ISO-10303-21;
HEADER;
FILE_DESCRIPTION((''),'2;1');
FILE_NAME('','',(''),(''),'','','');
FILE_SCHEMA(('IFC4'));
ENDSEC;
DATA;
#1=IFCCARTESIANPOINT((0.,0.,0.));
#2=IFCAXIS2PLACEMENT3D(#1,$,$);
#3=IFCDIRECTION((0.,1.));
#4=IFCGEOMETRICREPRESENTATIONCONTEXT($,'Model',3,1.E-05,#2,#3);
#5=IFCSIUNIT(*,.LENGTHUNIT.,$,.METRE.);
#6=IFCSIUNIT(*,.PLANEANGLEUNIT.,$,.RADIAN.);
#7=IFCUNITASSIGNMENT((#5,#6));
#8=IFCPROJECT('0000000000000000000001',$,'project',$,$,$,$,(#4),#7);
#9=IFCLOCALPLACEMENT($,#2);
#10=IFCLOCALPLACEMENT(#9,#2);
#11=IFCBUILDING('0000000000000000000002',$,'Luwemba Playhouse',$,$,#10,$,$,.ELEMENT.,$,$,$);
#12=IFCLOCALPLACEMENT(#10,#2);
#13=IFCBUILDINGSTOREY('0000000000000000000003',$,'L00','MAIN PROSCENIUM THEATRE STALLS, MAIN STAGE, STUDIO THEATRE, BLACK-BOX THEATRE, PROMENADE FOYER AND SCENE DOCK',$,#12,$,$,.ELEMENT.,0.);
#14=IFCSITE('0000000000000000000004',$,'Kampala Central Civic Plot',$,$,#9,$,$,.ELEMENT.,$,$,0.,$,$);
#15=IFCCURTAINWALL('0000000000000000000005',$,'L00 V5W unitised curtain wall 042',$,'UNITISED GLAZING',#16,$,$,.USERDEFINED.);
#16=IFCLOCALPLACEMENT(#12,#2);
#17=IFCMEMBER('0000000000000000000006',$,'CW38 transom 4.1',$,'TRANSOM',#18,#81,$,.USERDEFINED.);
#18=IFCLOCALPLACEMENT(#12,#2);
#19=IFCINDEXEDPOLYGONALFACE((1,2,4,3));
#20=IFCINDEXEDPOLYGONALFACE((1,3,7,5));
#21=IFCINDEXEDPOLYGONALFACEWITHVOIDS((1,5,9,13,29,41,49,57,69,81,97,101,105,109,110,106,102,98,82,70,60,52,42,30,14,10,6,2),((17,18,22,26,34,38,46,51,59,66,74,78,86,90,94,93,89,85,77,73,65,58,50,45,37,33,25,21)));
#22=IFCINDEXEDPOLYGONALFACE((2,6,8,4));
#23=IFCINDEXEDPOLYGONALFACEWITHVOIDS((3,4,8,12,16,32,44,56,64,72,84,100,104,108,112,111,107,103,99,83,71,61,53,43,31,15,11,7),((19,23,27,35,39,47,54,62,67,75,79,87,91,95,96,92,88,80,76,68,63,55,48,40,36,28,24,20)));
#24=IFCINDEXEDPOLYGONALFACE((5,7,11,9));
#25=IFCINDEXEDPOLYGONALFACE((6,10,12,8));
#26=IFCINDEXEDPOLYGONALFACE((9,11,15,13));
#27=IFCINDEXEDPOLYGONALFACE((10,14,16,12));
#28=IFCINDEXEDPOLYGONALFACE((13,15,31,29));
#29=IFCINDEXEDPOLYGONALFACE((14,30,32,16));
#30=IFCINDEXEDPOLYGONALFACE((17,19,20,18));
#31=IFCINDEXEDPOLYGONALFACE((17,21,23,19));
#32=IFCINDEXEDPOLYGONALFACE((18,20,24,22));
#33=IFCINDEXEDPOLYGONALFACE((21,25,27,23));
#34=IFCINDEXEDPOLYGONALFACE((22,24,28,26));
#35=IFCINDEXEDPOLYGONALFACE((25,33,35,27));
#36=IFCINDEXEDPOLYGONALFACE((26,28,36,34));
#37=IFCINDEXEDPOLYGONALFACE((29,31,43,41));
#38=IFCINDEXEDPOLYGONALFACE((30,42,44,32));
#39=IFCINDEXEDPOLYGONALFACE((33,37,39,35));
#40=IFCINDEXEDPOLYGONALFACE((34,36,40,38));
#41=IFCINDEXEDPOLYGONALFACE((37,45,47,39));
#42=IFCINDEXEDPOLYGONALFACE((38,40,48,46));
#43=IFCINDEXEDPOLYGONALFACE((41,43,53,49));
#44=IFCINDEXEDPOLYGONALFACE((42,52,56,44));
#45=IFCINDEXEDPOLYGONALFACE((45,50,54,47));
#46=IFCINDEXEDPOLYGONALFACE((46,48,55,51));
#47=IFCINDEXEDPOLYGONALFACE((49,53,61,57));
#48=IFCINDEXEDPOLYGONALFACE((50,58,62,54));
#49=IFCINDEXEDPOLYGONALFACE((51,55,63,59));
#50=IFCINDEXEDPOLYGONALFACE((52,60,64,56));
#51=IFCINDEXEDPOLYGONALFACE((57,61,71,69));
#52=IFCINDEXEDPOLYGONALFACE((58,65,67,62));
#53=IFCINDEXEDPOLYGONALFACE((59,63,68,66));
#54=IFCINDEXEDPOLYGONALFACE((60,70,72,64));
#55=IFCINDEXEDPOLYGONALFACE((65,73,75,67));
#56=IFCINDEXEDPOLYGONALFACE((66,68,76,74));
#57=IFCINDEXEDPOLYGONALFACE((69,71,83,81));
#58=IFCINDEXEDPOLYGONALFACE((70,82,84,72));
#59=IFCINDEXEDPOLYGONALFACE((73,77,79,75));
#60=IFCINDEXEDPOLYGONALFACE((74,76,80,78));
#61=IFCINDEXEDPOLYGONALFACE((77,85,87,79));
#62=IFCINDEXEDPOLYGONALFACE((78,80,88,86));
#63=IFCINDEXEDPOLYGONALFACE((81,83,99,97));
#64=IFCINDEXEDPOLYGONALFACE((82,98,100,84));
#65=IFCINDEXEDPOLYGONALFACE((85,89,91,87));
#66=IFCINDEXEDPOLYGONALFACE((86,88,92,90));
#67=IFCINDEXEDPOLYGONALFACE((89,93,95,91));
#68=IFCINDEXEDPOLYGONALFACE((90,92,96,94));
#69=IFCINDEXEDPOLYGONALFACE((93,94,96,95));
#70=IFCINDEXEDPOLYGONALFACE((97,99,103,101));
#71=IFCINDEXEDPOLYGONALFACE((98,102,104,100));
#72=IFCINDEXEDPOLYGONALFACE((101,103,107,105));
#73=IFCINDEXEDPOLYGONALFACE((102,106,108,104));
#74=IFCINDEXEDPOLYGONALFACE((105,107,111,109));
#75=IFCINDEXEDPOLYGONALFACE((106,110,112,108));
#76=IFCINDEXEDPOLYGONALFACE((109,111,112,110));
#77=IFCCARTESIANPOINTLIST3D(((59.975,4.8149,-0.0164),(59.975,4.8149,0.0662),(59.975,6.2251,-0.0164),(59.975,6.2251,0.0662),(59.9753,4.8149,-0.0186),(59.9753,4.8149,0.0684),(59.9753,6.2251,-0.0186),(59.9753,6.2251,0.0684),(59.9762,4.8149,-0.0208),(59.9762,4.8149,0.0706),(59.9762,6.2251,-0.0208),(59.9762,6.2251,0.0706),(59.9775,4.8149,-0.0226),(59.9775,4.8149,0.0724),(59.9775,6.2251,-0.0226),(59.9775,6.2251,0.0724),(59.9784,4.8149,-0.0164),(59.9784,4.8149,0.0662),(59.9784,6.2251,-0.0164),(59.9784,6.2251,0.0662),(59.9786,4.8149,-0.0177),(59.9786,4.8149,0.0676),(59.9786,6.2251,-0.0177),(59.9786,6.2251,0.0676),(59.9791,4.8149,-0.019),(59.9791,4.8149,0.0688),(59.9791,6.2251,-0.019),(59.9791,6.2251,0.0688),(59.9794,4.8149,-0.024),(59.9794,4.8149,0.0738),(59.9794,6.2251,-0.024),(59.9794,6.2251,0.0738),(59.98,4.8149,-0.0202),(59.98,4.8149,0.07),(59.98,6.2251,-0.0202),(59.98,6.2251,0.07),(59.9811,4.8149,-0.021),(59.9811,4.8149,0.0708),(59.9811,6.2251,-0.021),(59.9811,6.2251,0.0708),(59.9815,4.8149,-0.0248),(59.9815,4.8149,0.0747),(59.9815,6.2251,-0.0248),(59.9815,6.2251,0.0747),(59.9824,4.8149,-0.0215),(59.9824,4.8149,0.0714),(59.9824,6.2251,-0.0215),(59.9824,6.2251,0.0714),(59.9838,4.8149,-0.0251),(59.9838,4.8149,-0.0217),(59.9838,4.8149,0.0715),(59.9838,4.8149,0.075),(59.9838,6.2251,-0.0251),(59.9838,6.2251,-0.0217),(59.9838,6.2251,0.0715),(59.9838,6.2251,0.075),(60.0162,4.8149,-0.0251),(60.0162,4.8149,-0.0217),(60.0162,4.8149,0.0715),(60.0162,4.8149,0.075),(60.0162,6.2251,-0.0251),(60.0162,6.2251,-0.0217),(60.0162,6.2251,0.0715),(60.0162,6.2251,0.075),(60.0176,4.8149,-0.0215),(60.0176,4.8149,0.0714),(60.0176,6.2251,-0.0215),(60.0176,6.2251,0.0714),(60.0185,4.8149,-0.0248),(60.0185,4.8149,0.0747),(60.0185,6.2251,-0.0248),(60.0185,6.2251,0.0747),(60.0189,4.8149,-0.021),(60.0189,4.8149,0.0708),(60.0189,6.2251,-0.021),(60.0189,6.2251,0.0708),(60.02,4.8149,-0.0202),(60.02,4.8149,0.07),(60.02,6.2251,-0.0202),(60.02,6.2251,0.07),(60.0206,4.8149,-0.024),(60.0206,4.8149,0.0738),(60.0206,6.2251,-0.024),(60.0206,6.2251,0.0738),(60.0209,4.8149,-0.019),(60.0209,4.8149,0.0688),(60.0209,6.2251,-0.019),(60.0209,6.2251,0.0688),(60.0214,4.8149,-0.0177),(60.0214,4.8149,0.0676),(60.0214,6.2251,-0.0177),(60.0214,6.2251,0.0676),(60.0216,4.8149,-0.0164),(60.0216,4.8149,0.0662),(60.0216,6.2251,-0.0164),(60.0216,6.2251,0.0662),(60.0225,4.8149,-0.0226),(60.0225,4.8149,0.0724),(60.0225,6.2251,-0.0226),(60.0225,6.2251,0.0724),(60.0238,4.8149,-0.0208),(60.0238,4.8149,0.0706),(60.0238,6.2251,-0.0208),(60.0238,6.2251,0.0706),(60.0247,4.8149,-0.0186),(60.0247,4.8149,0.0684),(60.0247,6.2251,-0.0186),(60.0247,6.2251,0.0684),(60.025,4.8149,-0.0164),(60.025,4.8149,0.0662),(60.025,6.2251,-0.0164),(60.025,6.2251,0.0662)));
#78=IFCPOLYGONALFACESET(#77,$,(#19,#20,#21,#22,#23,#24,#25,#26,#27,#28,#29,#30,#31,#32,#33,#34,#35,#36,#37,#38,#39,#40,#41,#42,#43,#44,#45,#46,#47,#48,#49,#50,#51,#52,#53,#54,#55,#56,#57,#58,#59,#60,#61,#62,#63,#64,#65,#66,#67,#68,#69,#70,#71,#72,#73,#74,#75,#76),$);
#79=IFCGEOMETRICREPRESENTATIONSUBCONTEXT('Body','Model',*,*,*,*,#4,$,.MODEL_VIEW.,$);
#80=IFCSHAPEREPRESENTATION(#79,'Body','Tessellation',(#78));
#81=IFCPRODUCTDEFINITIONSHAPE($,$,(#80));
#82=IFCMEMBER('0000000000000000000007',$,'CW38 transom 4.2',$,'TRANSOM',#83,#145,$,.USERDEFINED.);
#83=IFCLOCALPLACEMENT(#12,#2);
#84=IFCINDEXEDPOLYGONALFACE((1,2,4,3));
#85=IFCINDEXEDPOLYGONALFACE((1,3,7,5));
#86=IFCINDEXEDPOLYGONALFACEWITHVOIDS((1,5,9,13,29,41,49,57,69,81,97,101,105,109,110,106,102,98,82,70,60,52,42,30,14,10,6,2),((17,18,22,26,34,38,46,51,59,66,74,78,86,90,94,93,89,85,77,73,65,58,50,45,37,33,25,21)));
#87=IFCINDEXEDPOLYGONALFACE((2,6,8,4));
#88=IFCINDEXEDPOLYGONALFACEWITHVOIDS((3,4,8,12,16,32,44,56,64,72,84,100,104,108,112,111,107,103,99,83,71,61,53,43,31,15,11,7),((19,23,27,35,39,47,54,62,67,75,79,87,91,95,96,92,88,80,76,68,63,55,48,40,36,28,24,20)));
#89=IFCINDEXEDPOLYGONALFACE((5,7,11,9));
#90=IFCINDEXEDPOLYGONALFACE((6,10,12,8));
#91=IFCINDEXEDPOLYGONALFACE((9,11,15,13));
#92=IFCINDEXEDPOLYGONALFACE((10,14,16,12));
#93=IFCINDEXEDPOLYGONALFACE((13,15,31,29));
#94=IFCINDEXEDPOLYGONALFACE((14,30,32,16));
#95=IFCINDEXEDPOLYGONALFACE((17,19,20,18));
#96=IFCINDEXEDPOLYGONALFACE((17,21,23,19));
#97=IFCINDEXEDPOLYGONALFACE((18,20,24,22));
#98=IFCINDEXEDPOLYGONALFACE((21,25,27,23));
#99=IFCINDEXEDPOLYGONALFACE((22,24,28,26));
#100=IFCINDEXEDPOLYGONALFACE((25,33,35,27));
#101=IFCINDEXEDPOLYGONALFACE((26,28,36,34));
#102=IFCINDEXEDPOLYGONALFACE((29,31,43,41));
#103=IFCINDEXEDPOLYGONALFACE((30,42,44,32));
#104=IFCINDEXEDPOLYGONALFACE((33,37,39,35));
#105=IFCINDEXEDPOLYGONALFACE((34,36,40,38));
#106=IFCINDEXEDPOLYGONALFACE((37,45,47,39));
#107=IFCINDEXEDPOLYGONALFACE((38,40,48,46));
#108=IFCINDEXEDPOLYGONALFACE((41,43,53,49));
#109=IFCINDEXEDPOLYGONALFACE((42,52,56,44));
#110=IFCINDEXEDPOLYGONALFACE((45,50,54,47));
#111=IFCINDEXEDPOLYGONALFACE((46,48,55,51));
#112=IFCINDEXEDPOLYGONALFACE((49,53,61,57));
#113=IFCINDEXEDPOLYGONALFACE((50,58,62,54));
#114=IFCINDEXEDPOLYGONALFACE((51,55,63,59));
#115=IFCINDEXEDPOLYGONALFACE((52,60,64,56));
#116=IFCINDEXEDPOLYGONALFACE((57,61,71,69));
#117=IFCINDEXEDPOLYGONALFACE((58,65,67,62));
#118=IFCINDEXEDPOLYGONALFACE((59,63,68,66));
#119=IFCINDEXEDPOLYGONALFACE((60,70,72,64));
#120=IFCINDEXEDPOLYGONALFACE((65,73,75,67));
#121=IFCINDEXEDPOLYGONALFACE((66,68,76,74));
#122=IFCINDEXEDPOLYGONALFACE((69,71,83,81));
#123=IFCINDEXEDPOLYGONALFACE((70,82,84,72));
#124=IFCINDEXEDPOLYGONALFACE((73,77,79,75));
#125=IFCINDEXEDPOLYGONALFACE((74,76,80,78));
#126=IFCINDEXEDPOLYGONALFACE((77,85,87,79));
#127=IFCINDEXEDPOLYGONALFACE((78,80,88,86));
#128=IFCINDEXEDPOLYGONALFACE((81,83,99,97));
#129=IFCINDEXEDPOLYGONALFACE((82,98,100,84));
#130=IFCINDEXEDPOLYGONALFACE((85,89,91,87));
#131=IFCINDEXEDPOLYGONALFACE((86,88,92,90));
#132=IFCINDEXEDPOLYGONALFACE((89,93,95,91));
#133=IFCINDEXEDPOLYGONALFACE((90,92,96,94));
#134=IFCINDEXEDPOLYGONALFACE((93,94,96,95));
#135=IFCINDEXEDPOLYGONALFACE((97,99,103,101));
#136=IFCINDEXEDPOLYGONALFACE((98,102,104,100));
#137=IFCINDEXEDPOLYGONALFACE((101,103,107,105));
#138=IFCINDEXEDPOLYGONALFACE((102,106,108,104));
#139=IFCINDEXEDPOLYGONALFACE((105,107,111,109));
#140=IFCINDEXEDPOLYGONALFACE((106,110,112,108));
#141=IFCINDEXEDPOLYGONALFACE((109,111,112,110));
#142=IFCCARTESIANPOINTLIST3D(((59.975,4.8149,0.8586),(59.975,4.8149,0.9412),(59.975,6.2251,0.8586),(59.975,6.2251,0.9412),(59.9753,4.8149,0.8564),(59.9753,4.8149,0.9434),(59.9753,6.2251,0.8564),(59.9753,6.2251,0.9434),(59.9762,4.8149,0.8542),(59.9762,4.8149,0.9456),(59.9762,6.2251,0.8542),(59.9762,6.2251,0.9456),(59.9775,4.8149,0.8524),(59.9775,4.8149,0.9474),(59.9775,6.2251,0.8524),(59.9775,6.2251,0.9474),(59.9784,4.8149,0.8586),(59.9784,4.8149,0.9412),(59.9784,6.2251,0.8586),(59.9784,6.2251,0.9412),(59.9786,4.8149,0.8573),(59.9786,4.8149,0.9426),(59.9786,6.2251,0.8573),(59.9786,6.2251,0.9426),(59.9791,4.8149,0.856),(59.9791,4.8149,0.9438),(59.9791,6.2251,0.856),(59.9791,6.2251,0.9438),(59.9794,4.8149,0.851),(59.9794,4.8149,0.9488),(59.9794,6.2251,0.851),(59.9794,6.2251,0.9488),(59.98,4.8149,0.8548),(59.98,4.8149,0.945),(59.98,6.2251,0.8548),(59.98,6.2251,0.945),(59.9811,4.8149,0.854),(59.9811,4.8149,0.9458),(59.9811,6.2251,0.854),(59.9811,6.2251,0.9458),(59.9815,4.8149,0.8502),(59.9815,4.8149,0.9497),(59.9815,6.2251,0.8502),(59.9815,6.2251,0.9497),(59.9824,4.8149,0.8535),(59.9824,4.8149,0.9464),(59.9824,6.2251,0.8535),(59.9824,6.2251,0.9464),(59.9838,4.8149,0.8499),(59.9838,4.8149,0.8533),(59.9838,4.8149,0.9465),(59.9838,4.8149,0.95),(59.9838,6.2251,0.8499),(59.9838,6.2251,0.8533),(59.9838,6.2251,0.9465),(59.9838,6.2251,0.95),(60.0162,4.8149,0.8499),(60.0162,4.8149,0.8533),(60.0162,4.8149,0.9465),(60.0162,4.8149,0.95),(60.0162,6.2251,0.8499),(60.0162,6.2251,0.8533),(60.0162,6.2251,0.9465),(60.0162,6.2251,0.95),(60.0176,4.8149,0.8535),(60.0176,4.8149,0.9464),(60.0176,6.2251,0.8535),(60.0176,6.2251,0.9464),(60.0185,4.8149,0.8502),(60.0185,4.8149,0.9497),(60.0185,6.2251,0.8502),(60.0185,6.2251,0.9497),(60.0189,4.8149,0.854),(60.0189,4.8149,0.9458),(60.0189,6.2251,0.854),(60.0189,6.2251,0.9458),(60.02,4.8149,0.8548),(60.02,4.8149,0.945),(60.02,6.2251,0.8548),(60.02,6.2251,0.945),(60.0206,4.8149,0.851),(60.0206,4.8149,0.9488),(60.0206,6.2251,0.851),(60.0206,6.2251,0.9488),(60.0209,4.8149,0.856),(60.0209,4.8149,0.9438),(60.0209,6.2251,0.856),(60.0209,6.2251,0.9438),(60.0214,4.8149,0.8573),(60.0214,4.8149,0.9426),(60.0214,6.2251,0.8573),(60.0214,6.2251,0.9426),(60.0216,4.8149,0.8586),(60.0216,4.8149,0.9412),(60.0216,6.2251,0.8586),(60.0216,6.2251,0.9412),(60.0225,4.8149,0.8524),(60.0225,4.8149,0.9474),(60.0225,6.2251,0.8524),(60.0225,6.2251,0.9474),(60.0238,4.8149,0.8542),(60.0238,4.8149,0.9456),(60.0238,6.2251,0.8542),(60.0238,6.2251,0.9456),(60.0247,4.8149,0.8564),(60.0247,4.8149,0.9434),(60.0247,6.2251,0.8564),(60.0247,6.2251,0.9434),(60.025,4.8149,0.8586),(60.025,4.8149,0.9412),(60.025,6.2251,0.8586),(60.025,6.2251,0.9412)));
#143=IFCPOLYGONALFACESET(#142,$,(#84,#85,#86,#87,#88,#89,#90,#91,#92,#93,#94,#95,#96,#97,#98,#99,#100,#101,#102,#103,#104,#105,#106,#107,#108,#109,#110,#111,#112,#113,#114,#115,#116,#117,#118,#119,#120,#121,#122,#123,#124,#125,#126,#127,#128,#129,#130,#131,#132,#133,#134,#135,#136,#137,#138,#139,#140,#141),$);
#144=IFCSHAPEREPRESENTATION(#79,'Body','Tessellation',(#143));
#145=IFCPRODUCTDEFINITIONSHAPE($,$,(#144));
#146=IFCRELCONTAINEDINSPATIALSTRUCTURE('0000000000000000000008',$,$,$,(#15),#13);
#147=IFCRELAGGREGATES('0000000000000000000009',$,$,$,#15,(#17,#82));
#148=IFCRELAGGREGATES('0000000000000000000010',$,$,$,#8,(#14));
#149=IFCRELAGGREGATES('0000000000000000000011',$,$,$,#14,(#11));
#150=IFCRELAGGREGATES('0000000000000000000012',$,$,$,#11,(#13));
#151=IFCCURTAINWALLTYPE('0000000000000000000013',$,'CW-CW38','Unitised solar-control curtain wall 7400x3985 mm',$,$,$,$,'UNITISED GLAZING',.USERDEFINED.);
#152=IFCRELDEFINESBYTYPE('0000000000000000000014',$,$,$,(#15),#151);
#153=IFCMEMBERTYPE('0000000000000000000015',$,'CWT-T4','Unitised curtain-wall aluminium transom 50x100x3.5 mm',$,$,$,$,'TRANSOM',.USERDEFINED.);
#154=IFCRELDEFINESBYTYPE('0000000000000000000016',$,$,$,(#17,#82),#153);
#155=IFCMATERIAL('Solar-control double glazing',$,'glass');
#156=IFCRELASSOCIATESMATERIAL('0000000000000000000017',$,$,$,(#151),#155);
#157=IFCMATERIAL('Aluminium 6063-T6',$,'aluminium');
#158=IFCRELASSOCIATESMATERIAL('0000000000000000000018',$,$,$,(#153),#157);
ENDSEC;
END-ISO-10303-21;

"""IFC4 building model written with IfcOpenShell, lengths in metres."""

from ifc_helpers import new_model, si_unit, direction, frame, origin, origin_2d, place, context, subcontext, project, spatial, hollow_rectangle, extrude, material, material_profile, profile_set, type_object, element, aggregate, save


model = new_model("IFC4")

# Units and contexts
model_context = context("Model", 3, precision=1e-05, world=origin(), true_north=direction((0.0, 1.0)))
body_context = subcontext(model_context, "Body", "Model", "MODEL_VIEW")
ifc_project = project(units=[si_unit("LENGTHUNIT", "METRE"), si_unit("PLANEANGLEUNIT", "RADIAN")], contexts=[model_context])

# Site, building, storey
site_placement = place(None, origin())
site = spatial("IfcSite", under=ifc_project, at=site_placement, Name="Kampala Central Civic Plot", CompositionType="ELEMENT", RefElevation=0.0)
building_placement = place(site_placement, origin())
building = spatial("IfcBuilding", under=site, at=building_placement, Name="Luwemba Playhouse", CompositionType="ELEMENT")
storey_placement = place(building_placement, origin())
storey = spatial("IfcBuildingStorey", under=building, at=storey_placement, Name="L00", Description="MAIN PROSCENIUM THEATRE STALLS, MAIN STAGE, STUDIO THEATRE, BLACK-BOX THEATRE, PROMENADE FOYER AND SCENE DOCK", CompositionType="ELEMENT", Elevation=0.0)

# Shared definitions
ifc_material_1 = material(Name="Solar-control double glazing", Category="glass")
ifc_material_2 = material(Name="Aluminium 6063-T6", Category="aluminium")

# Curtain wall
curtain_wall_type_1 = type_object("IfcCurtainWallType", Name="CW-CW38", Description="Unitised solar-control curtain wall 7400x3985 mm", ElementType="UNITISED GLAZING", PredefinedType="USERDEFINED", material=ifc_material_1)
curtain_wall_1_placement = place(storey_placement, origin())
curtain_wall_1 = element("IfcCurtainWall", 1, at=curtain_wall_1_placement, inside=storey, type_object=curtain_wall_type_1, Name="L00 V5W unitised curtain wall 042", ObjectType="UNITISED GLAZING", PredefinedType="USERDEFINED")

# Members
ifc_material_profile_1 = material_profile(ifc_material_2, hollow_rectangle(XDim=0.05, YDim=0.1001, WallThickness=0.0034, InnerFilletRadius=0.0054, OuterFilletRadius=0.0088, at=origin_2d()))
ifc_profile_set_1 = profile_set([ifc_material_profile_1], Name="Aluminium 6063-T6")
member_type_1 = type_object("IfcMemberType", Name="CWT-T4", Description="Unitised curtain-wall aluminium transom 50x100x3.5 mm", ElementType="TRANSOM", PredefinedType="USERDEFINED", material=ifc_profile_set_1)
member_1_placement = place(storey_placement, frame((60.0, 6.2251, 0.0249), z_axis=(0.0, -1.0, 0.0), x_axis=(1.0, 0.0, 0.0)))
member_1 = element("IfcMember", 2, at=member_1_placement, type_object=member_type_1, Name="CW38 transom 4.1", ObjectType="TRANSOM", PredefinedType="USERDEFINED", context=body_context, shape_type="SweptSolid", body=[
    extrude(hollow_rectangle(XDim=0.05, YDim=0.1001, WallThickness=0.0034, InnerFilletRadius=0.0054, OuterFilletRadius=0.0088, at=origin_2d()), origin(), (0.0, 0.0, 1.0), 1.4102),
])
member_2_placement = place(storey_placement, frame((60.0, 6.2251, 0.8999), z_axis=(0.0, -1.0, 0.0), x_axis=(1.0, 0.0, 0.0)))
member_2 = element("IfcMember", 3, at=member_2_placement, type_object=member_type_1, Name="CW38 transom 4.2", ObjectType="TRANSOM", PredefinedType="USERDEFINED", context=body_context, shape_type="SweptSolid", body=[
    extrude(hollow_rectangle(XDim=0.05, YDim=0.1001, WallThickness=0.0034, InnerFilletRadius=0.0054, OuterFilletRadius=0.0088, at=origin_2d()), origin(), (0.0, 0.0, 1.0), 1.4102),
])

aggregate(curtain_wall_1, [member_1, member_2])

save(model, "model.ifc")
